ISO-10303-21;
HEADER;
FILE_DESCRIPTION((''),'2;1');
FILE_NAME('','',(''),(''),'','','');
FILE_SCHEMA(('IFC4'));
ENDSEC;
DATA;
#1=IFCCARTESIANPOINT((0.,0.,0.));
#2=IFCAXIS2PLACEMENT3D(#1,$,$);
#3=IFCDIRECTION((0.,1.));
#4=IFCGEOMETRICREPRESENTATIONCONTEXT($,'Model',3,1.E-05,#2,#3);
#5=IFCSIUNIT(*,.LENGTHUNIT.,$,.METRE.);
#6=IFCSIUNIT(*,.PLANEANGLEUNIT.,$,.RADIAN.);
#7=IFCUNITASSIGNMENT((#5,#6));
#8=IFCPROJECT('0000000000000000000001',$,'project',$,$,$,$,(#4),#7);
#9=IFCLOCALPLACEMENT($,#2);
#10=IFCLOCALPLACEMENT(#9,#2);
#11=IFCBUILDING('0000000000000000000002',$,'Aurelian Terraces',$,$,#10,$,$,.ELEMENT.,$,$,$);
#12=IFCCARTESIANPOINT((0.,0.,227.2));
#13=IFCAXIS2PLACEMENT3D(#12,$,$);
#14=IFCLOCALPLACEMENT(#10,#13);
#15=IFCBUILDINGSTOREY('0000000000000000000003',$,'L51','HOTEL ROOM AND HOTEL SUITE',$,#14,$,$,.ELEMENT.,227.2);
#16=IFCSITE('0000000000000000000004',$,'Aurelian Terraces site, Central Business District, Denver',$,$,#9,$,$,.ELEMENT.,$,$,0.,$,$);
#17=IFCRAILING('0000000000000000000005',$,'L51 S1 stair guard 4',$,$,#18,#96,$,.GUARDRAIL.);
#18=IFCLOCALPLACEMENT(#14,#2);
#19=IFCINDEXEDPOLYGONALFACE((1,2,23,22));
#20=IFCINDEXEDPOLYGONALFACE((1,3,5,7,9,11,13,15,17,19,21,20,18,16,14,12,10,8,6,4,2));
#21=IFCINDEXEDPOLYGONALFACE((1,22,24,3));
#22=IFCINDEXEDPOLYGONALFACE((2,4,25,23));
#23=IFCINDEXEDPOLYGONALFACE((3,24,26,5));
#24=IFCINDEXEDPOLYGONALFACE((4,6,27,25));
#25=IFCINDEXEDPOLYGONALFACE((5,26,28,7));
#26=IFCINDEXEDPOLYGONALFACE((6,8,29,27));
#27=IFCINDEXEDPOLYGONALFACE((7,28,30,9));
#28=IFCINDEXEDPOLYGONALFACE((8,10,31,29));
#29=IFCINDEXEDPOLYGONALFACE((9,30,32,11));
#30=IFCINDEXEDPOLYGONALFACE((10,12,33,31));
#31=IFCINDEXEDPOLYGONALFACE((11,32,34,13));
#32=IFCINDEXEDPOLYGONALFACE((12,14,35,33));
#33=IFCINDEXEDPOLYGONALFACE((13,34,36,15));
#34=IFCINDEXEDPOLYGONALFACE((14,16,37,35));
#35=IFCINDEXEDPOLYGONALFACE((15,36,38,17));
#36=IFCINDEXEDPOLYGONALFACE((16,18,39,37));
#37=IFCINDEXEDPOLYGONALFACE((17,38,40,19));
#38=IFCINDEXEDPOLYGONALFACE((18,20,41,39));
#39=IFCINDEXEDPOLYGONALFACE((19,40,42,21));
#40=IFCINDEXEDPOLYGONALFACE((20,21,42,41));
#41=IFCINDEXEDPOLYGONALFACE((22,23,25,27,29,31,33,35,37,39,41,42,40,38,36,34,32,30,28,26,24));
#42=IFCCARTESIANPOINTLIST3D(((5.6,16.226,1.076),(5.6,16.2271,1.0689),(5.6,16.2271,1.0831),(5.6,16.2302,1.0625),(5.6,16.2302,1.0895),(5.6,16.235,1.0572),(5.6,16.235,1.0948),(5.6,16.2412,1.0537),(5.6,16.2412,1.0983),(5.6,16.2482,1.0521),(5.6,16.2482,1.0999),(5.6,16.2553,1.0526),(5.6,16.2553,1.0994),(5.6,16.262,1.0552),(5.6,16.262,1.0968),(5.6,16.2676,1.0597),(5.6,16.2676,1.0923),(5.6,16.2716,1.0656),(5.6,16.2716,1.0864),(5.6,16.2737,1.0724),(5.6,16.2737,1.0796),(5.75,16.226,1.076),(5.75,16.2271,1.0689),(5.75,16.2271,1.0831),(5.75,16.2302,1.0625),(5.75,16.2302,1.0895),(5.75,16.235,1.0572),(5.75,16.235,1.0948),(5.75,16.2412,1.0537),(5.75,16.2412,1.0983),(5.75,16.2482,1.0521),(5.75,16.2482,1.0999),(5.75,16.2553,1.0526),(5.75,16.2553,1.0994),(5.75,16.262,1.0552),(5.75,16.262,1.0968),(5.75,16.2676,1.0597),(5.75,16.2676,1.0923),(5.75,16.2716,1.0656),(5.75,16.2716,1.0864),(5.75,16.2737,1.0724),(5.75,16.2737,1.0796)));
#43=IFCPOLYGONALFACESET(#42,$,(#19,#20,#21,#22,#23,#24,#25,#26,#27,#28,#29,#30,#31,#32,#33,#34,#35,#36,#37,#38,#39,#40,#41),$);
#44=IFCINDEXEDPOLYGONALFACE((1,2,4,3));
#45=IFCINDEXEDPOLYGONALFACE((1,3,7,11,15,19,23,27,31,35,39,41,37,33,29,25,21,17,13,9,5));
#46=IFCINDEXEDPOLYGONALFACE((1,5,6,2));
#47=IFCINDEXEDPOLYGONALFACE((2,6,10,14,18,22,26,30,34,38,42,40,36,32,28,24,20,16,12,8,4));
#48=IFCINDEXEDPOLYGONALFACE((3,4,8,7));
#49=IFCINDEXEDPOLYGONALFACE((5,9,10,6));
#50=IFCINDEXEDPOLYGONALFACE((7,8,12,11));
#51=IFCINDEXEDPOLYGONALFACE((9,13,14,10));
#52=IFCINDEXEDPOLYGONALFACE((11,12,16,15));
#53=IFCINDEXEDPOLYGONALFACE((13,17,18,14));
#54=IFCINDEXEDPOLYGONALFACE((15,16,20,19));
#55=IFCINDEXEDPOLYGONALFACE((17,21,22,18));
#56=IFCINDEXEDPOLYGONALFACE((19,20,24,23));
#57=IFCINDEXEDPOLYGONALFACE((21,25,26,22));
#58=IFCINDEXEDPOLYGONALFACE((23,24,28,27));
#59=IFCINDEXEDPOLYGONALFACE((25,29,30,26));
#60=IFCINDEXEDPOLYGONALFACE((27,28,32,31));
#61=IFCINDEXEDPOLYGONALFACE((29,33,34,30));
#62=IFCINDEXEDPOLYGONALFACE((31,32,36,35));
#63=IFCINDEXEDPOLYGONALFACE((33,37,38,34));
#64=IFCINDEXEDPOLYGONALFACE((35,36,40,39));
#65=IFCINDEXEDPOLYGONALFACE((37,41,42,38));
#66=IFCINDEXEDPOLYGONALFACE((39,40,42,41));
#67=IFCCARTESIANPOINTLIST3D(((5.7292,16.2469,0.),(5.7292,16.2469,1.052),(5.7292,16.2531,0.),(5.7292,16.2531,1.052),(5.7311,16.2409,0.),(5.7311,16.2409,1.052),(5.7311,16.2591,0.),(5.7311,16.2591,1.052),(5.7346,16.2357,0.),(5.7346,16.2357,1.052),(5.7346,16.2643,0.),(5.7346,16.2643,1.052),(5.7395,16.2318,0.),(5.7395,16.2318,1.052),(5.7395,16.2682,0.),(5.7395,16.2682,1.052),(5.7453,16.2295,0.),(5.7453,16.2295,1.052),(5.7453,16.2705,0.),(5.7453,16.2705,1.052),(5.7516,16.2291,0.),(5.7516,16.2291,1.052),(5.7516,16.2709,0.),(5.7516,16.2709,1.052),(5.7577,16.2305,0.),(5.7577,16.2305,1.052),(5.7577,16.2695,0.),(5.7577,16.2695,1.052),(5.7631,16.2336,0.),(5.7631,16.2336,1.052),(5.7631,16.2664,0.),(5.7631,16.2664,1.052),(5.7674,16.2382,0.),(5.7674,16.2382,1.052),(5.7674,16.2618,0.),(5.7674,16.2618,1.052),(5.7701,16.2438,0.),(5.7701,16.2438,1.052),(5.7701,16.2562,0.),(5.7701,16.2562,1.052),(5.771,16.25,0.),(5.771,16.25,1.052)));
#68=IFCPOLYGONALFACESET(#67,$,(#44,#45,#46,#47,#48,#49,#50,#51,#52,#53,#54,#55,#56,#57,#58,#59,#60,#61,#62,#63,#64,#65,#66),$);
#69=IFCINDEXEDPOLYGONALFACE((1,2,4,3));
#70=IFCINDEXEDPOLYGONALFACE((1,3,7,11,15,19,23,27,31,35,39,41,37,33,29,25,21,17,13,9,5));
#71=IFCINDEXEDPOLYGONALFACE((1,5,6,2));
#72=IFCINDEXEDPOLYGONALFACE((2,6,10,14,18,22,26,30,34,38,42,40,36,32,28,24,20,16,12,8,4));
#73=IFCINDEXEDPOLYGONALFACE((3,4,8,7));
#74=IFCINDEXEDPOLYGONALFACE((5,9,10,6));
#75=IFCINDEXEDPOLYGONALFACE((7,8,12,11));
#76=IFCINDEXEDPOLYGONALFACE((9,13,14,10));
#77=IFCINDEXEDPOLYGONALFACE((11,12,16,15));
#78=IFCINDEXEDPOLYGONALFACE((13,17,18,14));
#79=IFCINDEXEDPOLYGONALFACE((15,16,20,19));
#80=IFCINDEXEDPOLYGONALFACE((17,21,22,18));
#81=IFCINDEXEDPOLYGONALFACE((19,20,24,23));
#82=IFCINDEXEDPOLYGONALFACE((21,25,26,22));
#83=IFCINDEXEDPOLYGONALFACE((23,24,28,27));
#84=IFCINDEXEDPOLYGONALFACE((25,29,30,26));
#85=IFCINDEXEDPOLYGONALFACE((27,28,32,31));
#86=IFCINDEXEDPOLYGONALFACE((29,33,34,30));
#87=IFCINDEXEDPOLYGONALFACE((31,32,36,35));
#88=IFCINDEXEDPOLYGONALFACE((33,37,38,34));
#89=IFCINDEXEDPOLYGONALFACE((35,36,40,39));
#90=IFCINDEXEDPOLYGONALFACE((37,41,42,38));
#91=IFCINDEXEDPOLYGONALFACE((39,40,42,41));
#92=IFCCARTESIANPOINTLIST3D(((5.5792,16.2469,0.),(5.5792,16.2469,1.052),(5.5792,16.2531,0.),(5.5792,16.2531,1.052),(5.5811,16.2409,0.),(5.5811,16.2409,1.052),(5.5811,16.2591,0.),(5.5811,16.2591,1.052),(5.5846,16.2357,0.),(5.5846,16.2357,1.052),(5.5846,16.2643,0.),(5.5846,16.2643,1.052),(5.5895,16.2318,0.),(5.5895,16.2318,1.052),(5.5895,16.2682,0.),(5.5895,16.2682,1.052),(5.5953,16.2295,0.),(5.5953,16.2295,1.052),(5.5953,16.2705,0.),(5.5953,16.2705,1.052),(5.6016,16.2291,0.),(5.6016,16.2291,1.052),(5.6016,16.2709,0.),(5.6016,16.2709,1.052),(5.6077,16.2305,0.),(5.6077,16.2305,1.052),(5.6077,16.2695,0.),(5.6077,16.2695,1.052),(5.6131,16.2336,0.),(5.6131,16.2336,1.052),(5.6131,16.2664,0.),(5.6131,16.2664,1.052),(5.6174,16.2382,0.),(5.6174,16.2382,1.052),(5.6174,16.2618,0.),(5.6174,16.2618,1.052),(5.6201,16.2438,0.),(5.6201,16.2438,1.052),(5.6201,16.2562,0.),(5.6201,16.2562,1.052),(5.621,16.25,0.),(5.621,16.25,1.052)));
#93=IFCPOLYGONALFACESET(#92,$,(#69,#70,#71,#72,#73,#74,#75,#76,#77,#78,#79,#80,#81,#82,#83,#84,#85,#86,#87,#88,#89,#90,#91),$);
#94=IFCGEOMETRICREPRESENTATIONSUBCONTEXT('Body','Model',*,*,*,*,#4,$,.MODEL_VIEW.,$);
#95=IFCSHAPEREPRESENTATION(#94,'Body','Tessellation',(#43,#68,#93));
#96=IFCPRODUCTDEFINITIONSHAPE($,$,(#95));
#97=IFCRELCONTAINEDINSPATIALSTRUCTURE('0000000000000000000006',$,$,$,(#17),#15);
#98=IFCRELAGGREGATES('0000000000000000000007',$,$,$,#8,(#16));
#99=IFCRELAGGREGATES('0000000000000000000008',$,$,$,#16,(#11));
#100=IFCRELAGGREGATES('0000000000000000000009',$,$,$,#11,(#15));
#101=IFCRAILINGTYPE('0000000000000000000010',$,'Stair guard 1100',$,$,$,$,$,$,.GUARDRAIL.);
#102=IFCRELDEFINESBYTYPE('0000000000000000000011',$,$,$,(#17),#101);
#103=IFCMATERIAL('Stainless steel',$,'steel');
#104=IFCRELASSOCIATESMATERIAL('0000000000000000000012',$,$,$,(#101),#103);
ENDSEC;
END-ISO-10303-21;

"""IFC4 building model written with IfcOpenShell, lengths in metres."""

from ifc_helpers import new_model, si_unit, direction, frame, origin, origin_2d, place, context, subcontext, project, spatial, circle, extrude, source, transform, mapped, material, type_object, element, save


model = new_model("IFC4")

# Units and contexts
model_context = context("Model", 3, precision=1e-05, world=origin(), true_north=direction((0.0, 1.0)))
body_context = subcontext(model_context, "Body", "Model", "MODEL_VIEW")
ifc_project = project(units=[si_unit("LENGTHUNIT", "METRE"), si_unit("PLANEANGLEUNIT", "RADIAN")], contexts=[model_context])

# Site, building, storey
site_placement = place(None, origin())
site = spatial("IfcSite", under=ifc_project, at=site_placement, Name="Aurelian Terraces site, Central Business District, Denver", CompositionType="ELEMENT", RefElevation=0.0)
building_placement = place(site_placement, origin())
building = spatial("IfcBuilding", under=site, at=building_placement, Name="Aurelian Terraces", CompositionType="ELEMENT")
storey_placement = place(building_placement, frame((0.0, 0.0, 227.2)))
storey = spatial("IfcBuildingStorey", under=building, at=storey_placement, Name="L51", Description="HOTEL ROOM AND HOTEL SUITE", CompositionType="ELEMENT", Elevation=227.2)

# Shared definitions
ifc_material_1 = material(Name="Stainless steel", Category="steel")

# Railing
railing_type_1 = type_object("IfcRailingType", Name="Stair guard 1100", PredefinedType="GUARDRAIL", material=ifc_material_1)
shared_shape_1 = source(origin(), body_context, "Body", "SweptSolid", [
    extrude(circle(Radius=0.024, at=origin_2d()), frame((0.0, 0.0, 1.076), z_axis=(-1.0, 0.0, 0.0), x_axis=(0.0, -1.0, 0.0)), (0.0, 0.0, 1.0), 0.15),
    extrude(circle(Radius=0.021, at=origin_2d()), origin(), (0.0, 0.0, 1.0), 1.052),
    extrude(circle(Radius=0.021, at=origin_2d()), frame((-0.15, 0.0, 0.0)), (0.0, 0.0, 1.0), 1.052),
])
railing_1_placement = place(storey_placement, frame((5.75, 16.25, 0.0)))
element("IfcRailing", 1, at=railing_1_placement, inside=storey, type_object=railing_type_1, Name="L51 S1 stair guard 4", PredefinedType="GUARDRAIL", context=body_context, shape_type="MappedRepresentation", body=[
    mapped(shared_shape_1, transform((0.0, 0.0, 0.0), scale=1.0)),
])

save(model, "model.ifc")
